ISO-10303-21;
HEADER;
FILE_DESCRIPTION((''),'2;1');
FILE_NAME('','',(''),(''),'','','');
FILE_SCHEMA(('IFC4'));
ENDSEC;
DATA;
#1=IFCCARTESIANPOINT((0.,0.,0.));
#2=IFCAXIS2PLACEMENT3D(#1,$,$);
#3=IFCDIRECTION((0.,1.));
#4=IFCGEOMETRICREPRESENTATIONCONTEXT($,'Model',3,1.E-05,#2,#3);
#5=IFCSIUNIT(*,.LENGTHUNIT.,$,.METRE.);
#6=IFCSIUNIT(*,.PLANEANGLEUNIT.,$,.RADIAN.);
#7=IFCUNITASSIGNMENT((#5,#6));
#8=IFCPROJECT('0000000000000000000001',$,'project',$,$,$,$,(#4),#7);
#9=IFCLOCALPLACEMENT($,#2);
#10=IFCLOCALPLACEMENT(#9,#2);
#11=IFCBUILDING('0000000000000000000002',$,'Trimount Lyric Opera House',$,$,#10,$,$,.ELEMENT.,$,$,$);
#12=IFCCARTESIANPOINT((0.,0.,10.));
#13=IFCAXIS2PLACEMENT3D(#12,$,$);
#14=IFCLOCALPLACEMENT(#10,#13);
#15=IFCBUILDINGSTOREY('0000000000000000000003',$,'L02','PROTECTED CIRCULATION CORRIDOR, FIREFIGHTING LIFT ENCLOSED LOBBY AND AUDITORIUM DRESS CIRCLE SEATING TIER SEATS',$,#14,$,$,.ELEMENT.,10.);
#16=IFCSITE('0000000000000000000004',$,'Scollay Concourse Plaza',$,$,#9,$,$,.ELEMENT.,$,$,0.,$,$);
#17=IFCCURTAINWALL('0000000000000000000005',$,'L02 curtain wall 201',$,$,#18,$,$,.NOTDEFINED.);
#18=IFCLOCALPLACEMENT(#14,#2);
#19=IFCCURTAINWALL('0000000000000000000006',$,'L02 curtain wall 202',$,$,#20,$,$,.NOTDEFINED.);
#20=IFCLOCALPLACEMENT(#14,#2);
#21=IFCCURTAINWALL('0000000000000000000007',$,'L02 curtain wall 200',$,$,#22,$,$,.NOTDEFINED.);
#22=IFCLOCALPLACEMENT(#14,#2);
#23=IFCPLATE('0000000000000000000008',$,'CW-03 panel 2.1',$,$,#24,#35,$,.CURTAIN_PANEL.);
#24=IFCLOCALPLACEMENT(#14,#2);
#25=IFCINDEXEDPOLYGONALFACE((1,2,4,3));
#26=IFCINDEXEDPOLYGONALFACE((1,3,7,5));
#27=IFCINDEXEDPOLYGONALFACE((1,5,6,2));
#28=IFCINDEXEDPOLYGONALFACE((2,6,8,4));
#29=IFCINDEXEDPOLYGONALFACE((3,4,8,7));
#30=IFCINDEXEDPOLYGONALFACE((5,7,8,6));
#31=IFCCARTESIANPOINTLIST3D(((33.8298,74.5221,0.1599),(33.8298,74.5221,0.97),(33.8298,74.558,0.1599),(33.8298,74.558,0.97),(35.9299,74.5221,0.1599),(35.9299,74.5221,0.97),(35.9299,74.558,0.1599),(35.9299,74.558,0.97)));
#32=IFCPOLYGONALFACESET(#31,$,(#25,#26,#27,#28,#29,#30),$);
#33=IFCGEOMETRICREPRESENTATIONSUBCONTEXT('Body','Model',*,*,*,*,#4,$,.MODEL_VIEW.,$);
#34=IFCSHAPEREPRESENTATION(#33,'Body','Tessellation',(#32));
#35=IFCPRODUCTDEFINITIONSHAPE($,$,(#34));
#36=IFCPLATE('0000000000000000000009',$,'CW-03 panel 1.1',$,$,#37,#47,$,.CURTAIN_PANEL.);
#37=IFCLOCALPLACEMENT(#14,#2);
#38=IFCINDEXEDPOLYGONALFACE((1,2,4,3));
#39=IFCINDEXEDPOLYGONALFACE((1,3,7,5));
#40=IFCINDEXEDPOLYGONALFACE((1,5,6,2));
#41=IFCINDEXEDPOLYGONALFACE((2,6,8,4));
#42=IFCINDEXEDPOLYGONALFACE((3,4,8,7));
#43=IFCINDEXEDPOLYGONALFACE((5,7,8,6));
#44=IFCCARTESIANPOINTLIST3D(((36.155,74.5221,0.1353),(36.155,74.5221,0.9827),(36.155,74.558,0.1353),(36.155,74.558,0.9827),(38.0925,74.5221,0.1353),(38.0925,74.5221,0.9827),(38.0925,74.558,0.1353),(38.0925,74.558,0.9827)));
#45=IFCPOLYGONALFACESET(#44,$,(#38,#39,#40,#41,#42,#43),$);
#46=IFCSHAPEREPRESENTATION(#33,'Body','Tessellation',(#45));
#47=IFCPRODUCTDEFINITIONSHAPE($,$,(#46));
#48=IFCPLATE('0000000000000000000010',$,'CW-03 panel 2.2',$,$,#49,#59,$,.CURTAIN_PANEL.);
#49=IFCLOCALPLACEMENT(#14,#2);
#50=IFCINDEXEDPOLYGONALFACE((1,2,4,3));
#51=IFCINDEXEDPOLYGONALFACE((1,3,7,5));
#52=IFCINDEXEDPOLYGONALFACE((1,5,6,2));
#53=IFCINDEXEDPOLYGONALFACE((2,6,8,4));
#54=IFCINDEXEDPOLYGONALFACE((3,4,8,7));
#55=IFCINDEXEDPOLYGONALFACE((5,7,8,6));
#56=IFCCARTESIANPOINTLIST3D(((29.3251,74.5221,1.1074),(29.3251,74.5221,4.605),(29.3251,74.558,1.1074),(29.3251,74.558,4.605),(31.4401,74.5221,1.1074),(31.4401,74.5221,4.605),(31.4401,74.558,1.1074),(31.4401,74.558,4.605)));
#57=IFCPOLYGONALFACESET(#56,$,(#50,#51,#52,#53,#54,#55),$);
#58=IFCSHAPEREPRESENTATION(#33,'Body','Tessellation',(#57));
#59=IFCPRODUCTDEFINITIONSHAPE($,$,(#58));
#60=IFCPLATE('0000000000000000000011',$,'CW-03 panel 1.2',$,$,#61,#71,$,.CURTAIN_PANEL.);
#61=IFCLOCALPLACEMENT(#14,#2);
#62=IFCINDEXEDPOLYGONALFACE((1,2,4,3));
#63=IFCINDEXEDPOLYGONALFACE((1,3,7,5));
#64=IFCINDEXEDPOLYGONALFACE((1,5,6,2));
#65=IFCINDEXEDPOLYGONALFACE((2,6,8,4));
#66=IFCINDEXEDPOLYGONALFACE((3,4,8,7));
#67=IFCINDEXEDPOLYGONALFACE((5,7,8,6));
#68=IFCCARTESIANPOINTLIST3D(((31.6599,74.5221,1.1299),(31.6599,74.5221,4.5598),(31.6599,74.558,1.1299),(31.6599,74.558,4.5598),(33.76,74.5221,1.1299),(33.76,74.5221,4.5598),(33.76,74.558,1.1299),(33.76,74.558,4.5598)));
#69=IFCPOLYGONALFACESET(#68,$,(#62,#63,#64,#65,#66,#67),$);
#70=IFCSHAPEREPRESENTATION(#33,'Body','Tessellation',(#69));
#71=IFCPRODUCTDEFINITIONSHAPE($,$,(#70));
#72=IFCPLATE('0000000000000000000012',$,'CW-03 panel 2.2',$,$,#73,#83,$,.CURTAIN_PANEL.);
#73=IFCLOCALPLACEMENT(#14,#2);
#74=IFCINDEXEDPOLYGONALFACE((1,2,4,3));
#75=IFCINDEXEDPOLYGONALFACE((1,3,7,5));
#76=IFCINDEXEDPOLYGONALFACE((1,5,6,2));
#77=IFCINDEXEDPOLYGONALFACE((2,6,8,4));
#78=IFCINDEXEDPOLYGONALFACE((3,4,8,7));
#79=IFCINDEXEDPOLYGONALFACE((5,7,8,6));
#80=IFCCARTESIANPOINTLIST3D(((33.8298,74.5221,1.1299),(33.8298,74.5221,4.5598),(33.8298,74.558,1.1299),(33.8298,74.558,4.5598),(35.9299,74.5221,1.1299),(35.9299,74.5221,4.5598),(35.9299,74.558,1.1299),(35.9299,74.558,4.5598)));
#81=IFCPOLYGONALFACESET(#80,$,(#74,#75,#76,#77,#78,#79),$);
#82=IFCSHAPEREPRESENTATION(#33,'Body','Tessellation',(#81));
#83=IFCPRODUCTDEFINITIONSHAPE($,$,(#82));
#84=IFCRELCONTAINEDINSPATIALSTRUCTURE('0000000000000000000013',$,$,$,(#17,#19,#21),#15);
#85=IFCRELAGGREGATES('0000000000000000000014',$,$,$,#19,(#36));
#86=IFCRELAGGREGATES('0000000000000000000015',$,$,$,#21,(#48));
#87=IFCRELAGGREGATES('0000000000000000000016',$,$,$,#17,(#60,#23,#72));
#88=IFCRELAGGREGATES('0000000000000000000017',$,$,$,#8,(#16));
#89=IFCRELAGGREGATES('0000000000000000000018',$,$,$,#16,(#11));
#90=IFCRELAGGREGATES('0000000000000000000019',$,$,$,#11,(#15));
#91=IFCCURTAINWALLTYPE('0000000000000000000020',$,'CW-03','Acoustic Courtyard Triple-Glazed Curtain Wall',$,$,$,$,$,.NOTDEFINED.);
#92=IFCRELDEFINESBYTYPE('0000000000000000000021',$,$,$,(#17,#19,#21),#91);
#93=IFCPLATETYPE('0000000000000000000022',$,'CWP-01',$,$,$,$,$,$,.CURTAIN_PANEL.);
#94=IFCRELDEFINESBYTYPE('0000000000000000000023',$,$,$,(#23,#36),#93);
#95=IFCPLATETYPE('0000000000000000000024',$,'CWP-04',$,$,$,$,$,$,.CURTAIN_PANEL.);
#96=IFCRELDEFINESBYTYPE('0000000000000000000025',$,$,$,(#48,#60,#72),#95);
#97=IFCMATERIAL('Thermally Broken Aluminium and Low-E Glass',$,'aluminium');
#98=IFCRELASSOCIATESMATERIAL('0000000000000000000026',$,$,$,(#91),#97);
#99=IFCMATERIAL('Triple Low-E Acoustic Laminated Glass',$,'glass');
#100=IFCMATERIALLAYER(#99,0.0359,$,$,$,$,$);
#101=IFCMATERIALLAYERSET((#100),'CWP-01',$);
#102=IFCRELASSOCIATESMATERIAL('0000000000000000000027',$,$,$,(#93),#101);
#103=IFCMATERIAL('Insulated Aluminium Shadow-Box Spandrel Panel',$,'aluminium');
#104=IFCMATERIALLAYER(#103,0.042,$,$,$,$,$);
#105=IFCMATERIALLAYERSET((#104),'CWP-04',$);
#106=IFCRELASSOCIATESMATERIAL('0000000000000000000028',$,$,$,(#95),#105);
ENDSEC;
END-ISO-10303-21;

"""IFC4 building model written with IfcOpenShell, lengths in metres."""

from ifc_helpers import new_model, si_unit, direction, frame, origin, origin_2d, place, context, subcontext, project, spatial, rectangle, extrude, material, layer, layer_set, type_object, element, aggregate, save


model = new_model("IFC4")

# Units and contexts
model_context = context("Model", 3, precision=1e-05, world=origin(), true_north=direction((0.0, 1.0)))
body_context = subcontext(model_context, "Body", "Model", "MODEL_VIEW")
ifc_project = project(units=[si_unit("LENGTHUNIT", "METRE"), si_unit("PLANEANGLEUNIT", "RADIAN")], contexts=[model_context])

# Site, building, storey
site_placement = place(None, origin())
site = spatial("IfcSite", under=ifc_project, at=site_placement, Name="Scollay Concourse Plaza", CompositionType="ELEMENT", RefElevation=0.0)
building_placement = place(site_placement, origin())
building = spatial("IfcBuilding", under=site, at=building_placement, Name="Trimount Lyric Opera House", CompositionType="ELEMENT")
storey_placement = place(building_placement, frame((0.0, 0.0, 10.0)))
storey = spatial("IfcBuildingStorey", under=building, at=storey_placement, Name="L02", Description="PROTECTED CIRCULATION CORRIDOR, FIREFIGHTING LIFT ENCLOSED LOBBY AND AUDITORIUM DRESS CIRCLE SEATING TIER SEATS", CompositionType="ELEMENT", Elevation=10.0)

# Curtain wall
ifc_material_1 = material(Name="Thermally Broken Aluminium and Low-E Glass", Category="aluminium")
curtain_wall_type = type_object("IfcCurtainWallType", Name="CW-03", Description="Acoustic Courtyard Triple-Glazed Curtain Wall", PredefinedType="NOTDEFINED", material=ifc_material_1)
curtain_wall_1_placement = place(storey_placement, origin())
curtain_wall_1 = element("IfcCurtainWall", 1, at=curtain_wall_1_placement, inside=storey, type_object=curtain_wall_type, Name="L02 curtain wall 201", PredefinedType="NOTDEFINED")

# Curtain wall
curtain_wall_2_placement = place(storey_placement, origin())
curtain_wall_2 = element("IfcCurtainWall", 2, at=curtain_wall_2_placement, inside=storey, type_object=curtain_wall_type, Name="L02 curtain wall 202", PredefinedType="NOTDEFINED")

# Curtain wall
curtain_wall_3_placement = place(storey_placement, origin())
curtain_wall_3 = element("IfcCurtainWall", 3, at=curtain_wall_3_placement, inside=storey, type_object=curtain_wall_type, Name="L02 curtain wall 200", PredefinedType="NOTDEFINED")

# Plates
ifc_material_2 = material(Name="Triple Low-E Acoustic Laminated Glass", Category="glass")
ifc_layer_1 = layer(ifc_material_2, 0.0359)
ifc_layer_set_1 = layer_set([ifc_layer_1], Name="CWP-01")
plate_type_1 = type_object("IfcPlateType", Name="CWP-01", PredefinedType="CURTAIN_PANEL", material=ifc_layer_set_1)
plate_1_placement = place(storey_placement, frame((34.8799, 74.54, 0.1599), z_axis=(0.0, 0.0, 1.0), x_axis=(1.0, 0.0, 0.0)))
plate_1 = element("IfcPlate", 4, at=plate_1_placement, type_object=plate_type_1, Name="CW-03 panel 2.1", PredefinedType="CURTAIN_PANEL", context=body_context, shape_type="SweptSolid", body=[
    extrude(rectangle(XDim=2.1001, YDim=0.0359, at=origin_2d()), origin(), (0.0, 0.0, 1.0), 0.8101),
])
plate_2_placement = place(storey_placement, frame((37.1238, 74.54, 0.1353), z_axis=(0.0, 0.0, 1.0), x_axis=(1.0, 0.0, 0.0)))
plate_2 = element("IfcPlate", 5, at=plate_2_placement, type_object=plate_type_1, Name="CW-03 panel 1.1", PredefinedType="CURTAIN_PANEL", context=body_context, shape_type="SweptSolid", body=[
    extrude(rectangle(XDim=1.9375, YDim=0.0359, at=origin_2d()), origin(), (0.0, 0.0, 1.0), 0.8474),
])
aggregate(curtain_wall_2, [plate_2])
ifc_material_3 = material(Name="Insulated Aluminium Shadow-Box Spandrel Panel", Category="aluminium")
ifc_layer_2 = layer(ifc_material_3, 0.042)
ifc_layer_set_2 = layer_set([ifc_layer_2], Name="CWP-04")
plate_type_2 = type_object("IfcPlateType", Name="CWP-04", PredefinedType="CURTAIN_PANEL", material=ifc_layer_set_2)
plate_3_placement = place(storey_placement, frame((30.3826, 74.54, 1.1074), z_axis=(0.0, 0.0, 1.0), x_axis=(1.0, 0.0, 0.0)))
plate_3 = element("IfcPlate", 6, at=plate_3_placement, type_object=plate_type_2, Name="CW-03 panel 2.2", PredefinedType="CURTAIN_PANEL", context=body_context, shape_type="SweptSolid", body=[
    extrude(rectangle(XDim=2.115, YDim=0.0359, at=origin_2d()), origin(), (0.0, 0.0, 1.0), 3.4976),
])
aggregate(curtain_wall_3, [plate_3])
plate_4_placement = place(storey_placement, frame((32.71, 74.54, 1.1299), z_axis=(0.0, 0.0, 1.0), x_axis=(1.0, 0.0, 0.0)))
plate_4 = element("IfcPlate", 7, at=plate_4_placement, type_object=plate_type_2, Name="CW-03 panel 1.2", PredefinedType="CURTAIN_PANEL", context=body_context, shape_type="SweptSolid", body=[
    extrude(rectangle(XDim=2.1001, YDim=0.0359, at=origin_2d()), origin(), (0.0, 0.0, 1.0), 3.4299),
])
plate_5_placement = place(storey_placement, frame((34.8799, 74.54, 1.1299), z_axis=(0.0, 0.0, 1.0), x_axis=(1.0, 0.0, 0.0)))
plate_5 = element("IfcPlate", 8, at=plate_5_placement, type_object=plate_type_2, Name="CW-03 panel 2.2", PredefinedType="CURTAIN_PANEL", context=body_context, shape_type="SweptSolid", body=[
    extrude(rectangle(XDim=2.1001, YDim=0.0359, at=origin_2d()), origin(), (0.0, 0.0, 1.0), 3.4299),
])
aggregate(curtain_wall_1, [plate_4, plate_1, plate_5])

save(model, "model.ifc")
